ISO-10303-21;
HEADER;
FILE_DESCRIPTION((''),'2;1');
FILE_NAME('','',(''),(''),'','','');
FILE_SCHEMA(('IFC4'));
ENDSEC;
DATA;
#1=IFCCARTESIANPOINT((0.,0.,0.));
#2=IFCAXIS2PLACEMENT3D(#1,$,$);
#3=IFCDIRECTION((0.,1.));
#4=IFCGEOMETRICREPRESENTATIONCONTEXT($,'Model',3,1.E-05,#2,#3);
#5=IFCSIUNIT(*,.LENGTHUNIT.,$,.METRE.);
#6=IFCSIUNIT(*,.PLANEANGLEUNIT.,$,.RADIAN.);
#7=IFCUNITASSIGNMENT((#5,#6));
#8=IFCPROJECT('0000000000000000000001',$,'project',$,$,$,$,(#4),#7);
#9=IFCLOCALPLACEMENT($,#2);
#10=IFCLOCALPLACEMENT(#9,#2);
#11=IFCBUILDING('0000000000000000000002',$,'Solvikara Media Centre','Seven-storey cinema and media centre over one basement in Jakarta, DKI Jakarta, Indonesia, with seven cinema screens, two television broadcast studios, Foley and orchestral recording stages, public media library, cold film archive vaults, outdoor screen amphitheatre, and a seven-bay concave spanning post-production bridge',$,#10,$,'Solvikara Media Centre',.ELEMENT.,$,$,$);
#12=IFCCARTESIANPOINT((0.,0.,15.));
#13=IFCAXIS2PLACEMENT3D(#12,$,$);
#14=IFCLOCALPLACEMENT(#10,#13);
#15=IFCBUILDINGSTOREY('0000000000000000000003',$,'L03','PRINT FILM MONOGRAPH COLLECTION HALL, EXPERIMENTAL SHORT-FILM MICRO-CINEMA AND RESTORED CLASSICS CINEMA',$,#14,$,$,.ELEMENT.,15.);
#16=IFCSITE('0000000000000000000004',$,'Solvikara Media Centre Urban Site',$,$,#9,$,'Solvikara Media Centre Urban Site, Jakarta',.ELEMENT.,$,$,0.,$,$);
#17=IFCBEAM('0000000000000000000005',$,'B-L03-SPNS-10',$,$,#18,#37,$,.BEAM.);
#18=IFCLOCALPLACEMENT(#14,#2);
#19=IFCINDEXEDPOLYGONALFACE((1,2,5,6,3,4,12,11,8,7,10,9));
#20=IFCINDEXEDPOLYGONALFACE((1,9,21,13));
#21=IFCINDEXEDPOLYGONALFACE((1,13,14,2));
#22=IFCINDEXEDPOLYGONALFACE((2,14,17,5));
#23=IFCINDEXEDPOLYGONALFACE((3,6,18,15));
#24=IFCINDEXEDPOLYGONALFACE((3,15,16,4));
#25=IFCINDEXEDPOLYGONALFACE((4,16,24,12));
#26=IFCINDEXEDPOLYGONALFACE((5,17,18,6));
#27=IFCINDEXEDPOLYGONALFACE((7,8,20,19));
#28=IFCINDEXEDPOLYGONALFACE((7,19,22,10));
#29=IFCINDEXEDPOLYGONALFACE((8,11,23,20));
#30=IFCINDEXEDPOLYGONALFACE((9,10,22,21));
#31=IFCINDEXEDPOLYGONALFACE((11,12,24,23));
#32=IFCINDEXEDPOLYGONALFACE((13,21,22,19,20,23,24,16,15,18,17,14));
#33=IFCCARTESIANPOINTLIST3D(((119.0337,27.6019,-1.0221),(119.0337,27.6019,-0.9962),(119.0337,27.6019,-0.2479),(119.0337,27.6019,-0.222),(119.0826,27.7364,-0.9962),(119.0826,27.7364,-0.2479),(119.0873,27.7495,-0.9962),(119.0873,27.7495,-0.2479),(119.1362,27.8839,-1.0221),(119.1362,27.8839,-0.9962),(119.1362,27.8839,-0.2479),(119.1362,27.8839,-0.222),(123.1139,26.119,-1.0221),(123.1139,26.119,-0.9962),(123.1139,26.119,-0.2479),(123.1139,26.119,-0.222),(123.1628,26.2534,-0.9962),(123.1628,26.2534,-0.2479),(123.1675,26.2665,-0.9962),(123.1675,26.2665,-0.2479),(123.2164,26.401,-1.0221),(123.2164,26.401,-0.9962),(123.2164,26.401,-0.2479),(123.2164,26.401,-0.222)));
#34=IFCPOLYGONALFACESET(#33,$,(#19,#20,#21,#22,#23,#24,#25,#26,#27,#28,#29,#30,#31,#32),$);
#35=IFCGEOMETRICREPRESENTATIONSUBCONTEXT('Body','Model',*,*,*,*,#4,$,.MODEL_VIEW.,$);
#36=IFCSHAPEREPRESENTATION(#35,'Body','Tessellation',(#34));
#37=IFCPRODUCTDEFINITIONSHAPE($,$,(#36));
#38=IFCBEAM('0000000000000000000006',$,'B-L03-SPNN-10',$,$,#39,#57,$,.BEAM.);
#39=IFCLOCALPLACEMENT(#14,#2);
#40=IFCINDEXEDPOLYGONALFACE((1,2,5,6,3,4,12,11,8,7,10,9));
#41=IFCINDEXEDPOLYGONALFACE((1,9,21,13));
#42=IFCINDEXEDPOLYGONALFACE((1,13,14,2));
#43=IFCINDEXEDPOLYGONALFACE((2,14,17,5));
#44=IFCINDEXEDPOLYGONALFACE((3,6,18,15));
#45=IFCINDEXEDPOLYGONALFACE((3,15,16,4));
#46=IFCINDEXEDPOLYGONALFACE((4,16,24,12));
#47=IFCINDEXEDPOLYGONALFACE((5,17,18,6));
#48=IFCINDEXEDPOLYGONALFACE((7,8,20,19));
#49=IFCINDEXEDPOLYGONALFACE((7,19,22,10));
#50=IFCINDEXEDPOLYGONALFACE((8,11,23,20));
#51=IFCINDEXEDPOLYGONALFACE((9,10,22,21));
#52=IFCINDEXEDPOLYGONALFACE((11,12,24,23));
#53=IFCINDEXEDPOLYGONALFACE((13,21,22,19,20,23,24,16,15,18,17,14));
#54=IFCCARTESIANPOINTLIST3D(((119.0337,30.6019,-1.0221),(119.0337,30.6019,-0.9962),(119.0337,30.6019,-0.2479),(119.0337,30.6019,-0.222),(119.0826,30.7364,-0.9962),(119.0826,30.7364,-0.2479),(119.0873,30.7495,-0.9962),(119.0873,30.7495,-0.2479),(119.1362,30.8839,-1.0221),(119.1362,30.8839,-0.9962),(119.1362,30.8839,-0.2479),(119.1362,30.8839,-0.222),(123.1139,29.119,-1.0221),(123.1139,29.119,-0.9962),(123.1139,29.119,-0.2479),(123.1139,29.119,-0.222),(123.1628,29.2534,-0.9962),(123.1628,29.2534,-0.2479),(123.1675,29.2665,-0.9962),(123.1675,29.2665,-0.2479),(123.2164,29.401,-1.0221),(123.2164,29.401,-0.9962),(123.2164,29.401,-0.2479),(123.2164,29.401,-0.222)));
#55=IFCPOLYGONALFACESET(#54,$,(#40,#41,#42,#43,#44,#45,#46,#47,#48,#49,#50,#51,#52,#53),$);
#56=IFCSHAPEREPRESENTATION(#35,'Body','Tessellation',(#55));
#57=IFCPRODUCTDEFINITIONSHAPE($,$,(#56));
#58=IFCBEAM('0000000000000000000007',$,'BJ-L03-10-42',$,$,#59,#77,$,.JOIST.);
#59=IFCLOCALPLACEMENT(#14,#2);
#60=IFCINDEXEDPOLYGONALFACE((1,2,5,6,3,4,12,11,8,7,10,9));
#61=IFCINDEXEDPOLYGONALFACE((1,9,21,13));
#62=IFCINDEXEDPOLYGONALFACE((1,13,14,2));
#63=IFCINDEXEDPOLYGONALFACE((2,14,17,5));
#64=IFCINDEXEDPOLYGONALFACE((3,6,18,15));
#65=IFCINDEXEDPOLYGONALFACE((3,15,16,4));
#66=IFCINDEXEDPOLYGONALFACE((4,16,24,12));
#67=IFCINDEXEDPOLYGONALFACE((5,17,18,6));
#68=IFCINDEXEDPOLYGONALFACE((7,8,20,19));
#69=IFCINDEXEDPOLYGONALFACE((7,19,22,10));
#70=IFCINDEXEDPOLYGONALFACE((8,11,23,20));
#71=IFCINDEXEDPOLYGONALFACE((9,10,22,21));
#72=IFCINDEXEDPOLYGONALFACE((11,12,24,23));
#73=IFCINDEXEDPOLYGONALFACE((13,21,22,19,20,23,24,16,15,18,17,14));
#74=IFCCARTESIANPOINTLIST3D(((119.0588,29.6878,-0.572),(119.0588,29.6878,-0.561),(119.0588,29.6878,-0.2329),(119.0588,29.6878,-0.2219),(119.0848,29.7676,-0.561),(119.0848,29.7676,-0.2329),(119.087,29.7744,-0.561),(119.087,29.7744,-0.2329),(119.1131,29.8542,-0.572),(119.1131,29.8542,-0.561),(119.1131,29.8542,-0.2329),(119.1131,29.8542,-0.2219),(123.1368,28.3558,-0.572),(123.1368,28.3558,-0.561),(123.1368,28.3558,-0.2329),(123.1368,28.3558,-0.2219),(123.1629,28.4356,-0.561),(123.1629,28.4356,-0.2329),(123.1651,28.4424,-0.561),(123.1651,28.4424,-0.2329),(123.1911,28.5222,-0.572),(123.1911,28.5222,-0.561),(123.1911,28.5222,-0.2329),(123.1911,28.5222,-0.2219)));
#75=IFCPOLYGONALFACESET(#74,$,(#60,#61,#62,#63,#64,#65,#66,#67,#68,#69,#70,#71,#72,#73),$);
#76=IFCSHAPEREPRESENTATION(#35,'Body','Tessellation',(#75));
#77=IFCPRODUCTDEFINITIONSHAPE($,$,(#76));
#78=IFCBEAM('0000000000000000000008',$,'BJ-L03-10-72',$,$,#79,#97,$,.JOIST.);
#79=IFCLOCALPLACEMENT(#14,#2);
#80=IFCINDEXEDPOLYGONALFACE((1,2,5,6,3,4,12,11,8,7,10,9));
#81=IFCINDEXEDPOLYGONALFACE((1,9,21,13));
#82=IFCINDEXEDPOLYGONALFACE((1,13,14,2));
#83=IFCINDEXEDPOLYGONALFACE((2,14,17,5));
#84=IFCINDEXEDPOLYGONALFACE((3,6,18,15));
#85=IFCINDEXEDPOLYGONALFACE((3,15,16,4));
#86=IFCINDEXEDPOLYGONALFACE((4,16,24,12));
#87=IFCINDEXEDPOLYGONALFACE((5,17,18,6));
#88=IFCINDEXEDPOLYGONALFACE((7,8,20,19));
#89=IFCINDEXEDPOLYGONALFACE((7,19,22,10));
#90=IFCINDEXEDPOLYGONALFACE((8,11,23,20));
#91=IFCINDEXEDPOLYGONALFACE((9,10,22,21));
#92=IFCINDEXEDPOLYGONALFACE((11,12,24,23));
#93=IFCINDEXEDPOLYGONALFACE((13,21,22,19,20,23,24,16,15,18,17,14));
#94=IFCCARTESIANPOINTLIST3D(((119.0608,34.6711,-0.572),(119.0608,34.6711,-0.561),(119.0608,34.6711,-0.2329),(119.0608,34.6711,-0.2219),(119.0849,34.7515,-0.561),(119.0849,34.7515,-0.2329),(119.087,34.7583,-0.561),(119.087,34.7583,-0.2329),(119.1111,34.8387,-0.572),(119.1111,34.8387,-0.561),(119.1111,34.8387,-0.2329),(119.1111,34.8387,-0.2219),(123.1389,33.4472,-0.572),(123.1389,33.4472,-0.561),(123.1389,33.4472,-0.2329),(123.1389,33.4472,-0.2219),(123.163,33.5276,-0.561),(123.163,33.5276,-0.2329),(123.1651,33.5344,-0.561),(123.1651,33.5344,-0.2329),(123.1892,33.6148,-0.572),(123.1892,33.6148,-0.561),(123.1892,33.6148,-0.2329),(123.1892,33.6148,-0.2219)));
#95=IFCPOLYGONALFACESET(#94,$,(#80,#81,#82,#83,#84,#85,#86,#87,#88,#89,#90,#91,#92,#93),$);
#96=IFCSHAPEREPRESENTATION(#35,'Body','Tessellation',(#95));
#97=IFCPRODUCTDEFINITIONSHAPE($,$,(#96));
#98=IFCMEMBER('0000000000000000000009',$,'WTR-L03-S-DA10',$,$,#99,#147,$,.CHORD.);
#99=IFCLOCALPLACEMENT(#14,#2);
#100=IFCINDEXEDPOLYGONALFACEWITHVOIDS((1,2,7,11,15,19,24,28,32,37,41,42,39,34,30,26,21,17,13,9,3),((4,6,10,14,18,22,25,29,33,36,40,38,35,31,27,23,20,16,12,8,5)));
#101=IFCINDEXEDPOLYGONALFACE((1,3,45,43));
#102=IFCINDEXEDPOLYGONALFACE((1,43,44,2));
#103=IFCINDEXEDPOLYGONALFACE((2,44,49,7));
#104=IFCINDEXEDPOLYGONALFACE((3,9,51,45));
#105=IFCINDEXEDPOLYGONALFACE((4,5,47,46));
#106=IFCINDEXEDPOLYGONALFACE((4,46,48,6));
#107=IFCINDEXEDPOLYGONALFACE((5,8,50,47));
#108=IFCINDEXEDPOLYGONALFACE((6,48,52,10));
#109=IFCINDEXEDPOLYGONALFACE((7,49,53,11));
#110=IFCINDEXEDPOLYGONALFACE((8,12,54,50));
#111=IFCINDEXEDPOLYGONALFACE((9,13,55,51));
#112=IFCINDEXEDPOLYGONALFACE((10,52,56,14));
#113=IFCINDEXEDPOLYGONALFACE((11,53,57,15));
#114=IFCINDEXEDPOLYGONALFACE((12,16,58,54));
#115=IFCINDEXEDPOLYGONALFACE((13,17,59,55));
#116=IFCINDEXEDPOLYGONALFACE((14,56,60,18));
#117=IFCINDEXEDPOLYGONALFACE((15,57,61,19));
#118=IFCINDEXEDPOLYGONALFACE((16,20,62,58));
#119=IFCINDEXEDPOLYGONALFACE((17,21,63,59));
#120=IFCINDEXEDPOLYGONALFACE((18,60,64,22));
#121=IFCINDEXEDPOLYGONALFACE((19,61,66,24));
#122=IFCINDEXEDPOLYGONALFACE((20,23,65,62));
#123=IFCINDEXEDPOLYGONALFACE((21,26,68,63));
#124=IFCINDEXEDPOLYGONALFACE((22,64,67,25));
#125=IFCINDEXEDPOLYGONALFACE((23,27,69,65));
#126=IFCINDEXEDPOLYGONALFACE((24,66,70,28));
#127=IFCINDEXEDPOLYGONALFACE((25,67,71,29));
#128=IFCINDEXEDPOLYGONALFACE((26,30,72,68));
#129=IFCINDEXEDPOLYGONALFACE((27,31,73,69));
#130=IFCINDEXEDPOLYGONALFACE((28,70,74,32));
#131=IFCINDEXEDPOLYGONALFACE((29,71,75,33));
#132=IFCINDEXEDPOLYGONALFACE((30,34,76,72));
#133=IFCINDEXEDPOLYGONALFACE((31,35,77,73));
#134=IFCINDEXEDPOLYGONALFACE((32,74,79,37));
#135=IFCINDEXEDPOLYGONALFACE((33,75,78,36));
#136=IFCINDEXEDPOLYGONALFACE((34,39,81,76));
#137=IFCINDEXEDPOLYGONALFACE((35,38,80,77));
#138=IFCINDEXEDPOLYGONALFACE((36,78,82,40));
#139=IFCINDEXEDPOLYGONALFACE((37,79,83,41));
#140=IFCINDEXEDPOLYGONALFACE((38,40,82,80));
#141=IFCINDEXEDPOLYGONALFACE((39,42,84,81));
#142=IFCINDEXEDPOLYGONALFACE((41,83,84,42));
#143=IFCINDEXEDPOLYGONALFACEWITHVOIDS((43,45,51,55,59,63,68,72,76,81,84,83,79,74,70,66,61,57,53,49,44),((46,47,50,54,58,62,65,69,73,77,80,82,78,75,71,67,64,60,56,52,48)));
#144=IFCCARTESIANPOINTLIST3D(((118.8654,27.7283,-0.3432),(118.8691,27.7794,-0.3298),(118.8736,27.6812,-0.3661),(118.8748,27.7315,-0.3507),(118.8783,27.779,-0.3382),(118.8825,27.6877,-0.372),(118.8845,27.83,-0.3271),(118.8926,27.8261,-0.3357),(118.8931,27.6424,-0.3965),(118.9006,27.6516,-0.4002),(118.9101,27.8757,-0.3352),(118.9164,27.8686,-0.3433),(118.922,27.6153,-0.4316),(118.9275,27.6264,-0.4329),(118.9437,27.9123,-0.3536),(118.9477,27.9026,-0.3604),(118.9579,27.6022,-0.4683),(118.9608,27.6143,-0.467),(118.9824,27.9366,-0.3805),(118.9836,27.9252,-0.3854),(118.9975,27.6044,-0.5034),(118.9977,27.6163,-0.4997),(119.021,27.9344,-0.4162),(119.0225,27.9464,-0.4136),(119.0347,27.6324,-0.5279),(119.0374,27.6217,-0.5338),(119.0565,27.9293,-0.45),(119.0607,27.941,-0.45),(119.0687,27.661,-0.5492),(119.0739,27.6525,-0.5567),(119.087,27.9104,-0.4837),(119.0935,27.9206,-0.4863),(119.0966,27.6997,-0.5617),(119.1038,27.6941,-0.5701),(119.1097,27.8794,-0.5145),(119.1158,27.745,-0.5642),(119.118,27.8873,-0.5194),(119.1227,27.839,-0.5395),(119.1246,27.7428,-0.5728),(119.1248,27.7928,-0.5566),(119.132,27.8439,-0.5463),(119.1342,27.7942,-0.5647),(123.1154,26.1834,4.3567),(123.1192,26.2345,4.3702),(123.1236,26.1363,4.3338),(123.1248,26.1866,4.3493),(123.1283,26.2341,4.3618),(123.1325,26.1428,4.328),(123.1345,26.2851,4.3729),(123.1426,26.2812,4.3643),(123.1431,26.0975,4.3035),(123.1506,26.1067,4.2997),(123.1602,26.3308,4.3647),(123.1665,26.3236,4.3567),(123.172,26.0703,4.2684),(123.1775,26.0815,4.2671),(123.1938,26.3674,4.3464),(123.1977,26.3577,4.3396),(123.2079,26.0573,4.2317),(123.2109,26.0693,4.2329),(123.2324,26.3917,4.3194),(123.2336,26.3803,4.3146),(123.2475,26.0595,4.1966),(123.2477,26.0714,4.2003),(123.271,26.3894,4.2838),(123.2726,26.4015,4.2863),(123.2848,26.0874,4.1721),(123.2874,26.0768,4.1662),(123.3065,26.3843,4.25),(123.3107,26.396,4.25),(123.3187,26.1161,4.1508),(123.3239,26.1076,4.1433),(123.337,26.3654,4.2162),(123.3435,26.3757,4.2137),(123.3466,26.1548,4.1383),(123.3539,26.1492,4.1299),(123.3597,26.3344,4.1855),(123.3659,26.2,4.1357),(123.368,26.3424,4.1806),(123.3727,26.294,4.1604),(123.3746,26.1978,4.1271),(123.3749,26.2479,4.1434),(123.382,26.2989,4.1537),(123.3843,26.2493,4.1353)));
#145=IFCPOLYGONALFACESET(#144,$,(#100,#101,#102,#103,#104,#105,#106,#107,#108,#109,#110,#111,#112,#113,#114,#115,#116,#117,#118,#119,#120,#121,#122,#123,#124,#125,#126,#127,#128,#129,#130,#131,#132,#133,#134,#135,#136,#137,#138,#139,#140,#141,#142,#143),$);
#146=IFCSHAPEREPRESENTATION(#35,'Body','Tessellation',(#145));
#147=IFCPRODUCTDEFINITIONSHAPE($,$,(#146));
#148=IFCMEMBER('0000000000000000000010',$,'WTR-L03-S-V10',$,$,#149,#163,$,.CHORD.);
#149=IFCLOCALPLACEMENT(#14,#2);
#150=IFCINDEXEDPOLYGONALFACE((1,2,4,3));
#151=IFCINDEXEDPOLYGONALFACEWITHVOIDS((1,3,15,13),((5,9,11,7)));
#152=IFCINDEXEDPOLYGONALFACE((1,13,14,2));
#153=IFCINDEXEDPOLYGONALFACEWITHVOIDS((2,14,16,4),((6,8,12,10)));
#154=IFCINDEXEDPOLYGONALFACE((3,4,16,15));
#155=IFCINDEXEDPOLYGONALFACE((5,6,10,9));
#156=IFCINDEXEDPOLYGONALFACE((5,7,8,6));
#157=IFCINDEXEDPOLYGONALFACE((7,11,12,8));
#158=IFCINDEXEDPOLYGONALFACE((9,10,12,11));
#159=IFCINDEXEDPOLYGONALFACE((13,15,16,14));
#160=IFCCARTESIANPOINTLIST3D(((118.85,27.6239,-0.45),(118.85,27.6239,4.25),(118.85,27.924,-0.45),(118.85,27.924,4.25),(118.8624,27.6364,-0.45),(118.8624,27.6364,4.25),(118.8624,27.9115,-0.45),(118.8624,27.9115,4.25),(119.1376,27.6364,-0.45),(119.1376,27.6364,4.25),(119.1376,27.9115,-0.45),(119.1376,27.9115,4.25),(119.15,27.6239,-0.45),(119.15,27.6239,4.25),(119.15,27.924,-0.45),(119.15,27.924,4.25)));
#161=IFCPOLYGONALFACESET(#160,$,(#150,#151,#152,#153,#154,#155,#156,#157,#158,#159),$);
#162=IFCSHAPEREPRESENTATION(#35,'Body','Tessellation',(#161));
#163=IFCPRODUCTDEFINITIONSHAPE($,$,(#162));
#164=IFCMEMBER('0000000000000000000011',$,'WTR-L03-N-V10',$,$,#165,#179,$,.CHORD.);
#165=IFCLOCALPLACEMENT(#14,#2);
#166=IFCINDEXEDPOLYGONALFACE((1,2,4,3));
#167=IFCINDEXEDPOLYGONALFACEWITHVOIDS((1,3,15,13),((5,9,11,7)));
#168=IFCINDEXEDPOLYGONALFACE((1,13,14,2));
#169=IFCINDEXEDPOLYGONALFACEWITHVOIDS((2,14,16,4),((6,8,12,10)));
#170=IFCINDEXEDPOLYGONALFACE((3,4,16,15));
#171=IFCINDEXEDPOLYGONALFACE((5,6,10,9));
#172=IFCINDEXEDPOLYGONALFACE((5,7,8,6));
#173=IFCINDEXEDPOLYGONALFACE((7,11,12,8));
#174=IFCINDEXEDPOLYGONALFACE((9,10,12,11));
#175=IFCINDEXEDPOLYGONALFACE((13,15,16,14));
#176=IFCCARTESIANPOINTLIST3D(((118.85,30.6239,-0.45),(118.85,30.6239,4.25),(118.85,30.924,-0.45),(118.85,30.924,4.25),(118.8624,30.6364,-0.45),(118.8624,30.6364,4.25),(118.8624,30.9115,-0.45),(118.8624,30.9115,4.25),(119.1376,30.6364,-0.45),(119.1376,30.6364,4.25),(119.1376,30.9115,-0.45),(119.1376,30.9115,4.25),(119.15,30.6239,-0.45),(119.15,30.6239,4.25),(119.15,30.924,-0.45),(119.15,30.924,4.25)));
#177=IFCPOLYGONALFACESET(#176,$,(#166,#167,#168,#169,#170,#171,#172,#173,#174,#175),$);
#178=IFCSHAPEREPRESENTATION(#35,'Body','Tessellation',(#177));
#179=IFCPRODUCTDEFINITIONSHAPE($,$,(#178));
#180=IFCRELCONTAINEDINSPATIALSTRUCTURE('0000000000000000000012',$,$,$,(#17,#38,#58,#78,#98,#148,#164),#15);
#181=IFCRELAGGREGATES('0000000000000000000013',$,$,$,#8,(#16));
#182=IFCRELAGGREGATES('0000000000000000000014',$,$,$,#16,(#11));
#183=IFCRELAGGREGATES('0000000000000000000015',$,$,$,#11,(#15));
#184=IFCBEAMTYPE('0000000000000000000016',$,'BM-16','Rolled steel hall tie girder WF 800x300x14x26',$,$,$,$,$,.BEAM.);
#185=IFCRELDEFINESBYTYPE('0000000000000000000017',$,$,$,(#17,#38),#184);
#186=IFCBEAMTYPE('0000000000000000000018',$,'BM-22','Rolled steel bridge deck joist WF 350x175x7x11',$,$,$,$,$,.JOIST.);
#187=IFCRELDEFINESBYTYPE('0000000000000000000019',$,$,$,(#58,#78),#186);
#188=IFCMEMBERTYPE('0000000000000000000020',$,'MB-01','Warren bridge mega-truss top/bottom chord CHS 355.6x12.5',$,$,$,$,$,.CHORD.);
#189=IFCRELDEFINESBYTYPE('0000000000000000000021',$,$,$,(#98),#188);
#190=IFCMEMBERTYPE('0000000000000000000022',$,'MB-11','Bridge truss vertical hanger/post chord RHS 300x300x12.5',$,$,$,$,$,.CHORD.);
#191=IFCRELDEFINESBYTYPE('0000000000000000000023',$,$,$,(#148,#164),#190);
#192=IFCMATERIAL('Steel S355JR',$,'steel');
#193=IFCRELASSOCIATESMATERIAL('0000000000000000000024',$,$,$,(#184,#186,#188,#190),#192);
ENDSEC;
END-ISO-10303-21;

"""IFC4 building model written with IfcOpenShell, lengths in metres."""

from ifc_helpers import new_model, si_unit, direction, frame, origin, origin_2d, place, context, subcontext, project, spatial, hollow_rectangle, hollow_circle, i_section, extrude, material, material_profile, profile_set, type_object, element, save


model = new_model("IFC4")

# Units and contexts
model_context = context("Model", 3, precision=1e-05, world=origin(), true_north=direction((0.0, 1.0)))
body_context = subcontext(model_context, "Body", "Model", "MODEL_VIEW")
ifc_project = project(units=[si_unit("LENGTHUNIT", "METRE"), si_unit("PLANEANGLEUNIT", "RADIAN")], contexts=[model_context])

# Site, building, storey
site_placement = place(None, origin())
site = spatial("IfcSite", under=ifc_project, at=site_placement, Name="Solvikara Media Centre Urban Site", LongName="Solvikara Media Centre Urban Site, Jakarta", CompositionType="ELEMENT", RefElevation=0.0)
building_placement = place(site_placement, origin())
building = spatial("IfcBuilding", under=site, at=building_placement, Name="Solvikara Media Centre", Description="Seven-storey cinema and media centre over one basement in Jakarta, DKI Jakarta, Indonesia, with seven cinema screens, two television broadcast studios, Foley and orchestral recording stages, public media library, cold film archive vaults, outdoor screen amphitheatre, and a seven-bay concave spanning post-production bridge", LongName="Solvikara Media Centre", CompositionType="ELEMENT")
storey_placement = place(building_placement, frame((0.0, 0.0, 15.0)))
storey = spatial("IfcBuildingStorey", under=building, at=storey_placement, Name="L03", Description="PRINT FILM MONOGRAPH COLLECTION HALL, EXPERIMENTAL SHORT-FILM MICRO-CINEMA AND RESTORED CLASSICS CINEMA", CompositionType="ELEMENT", Elevation=15.0)

# Beams
ifc_material_1 = material(Name="Steel S355JR", Category="steel")
ifc_material_profile_1 = material_profile(ifc_material_1, i_section(OverallWidth=0.3, OverallDepth=0.8, WebThickness=0.0139, FlangeThickness=0.0259, at=origin_2d()), Name="WF 800x300x14x26")
ifc_profile_set_1 = profile_set([ifc_material_profile_1], Name="Steel S355JR")
beam_type_1 = type_object("IfcBeamType", Name="BM-16", Description="Rolled steel hall tie girder WF 800x300x14x26", PredefinedType="BEAM", material=ifc_profile_set_1)
for number, where, z_axis, x_axis, name in (
    (1, (119.085, 27.7429, -0.6221), (0.939849, -0.34159, 0.0), (0.34159, 0.939849, 0.0), "B-L03-SPNS-10"),
    (2, (119.085, 30.7429, -0.6221), (0.939849, -0.34159, 0.0), (0.34159, 0.939849, 0.0), "B-L03-SPNN-10"),
):
    element("IfcBeam", number, at=place(storey_placement, frame(where, z_axis=z_axis, x_axis=x_axis)), inside=storey, type_object=beam_type_1, Name=name, PredefinedType="BEAM", context=body_context, shape_type="SweptSolid", body=[
        extrude(i_section(OverallWidth=0.3, OverallDepth=0.8, WebThickness=0.0139, FlangeThickness=0.0259, at=origin_2d()), origin(), (0.0, 0.0, 1.0), 4.3413),
    ])
ifc_material_profile_2 = material_profile(ifc_material_1, i_section(OverallWidth=0.175, OverallDepth=0.3501, WebThickness=0.0071, FlangeThickness=0.011, at=origin_2d()), Name="WF 350x175x7x11")
ifc_profile_set_2 = profile_set([ifc_material_profile_2], Name="Steel S355JR")
beam_type_2 = type_object("IfcBeamType", Name="BM-22", Description="Rolled steel bridge deck joist WF 350x175x7x11", PredefinedType="JOIST", material=ifc_profile_set_2)
beam_1_placement = place(storey_placement, frame((119.0859, 29.771, -0.397), z_axis=(0.950578, -0.310486, 0.0), x_axis=(0.310486, 0.950578, 0.0)))
element("IfcBeam", 3, at=beam_1_placement, inside=storey, type_object=beam_type_2, Name="BJ-L03-10-42", PredefinedType="JOIST", context=body_context, shape_type="SweptSolid", body=[
    extrude(i_section(OverallWidth=0.175, OverallDepth=0.3501, WebThickness=0.0071, FlangeThickness=0.011, at=origin_2d()), origin(), (0.0, 0.0, 1.0), 4.29),
])
beam_2_placement = place(storey_placement, frame((119.0859, 34.7549, -0.397), z_axis=(0.957798, -0.287443, 0.0), x_axis=(0.287443, 0.957798, 0.0)))
element("IfcBeam", 4, at=beam_2_placement, inside=storey, type_object=beam_type_2, Name="BJ-L03-10-72", PredefinedType="JOIST", context=body_context, shape_type="SweptSolid", body=[
    extrude(i_section(OverallWidth=0.175, OverallDepth=0.3501, WebThickness=0.0071, FlangeThickness=0.011, at=origin_2d()), origin(), (0.0, 0.0, 1.0), 4.2578),
])

# Members
ifc_material_profile_3 = material_profile(ifc_material_1, hollow_circle(Radius=0.1777, WallThickness=0.0125, at=origin_2d()), Name="CHS 355.6x12.5")
ifc_profile_set_3 = profile_set([ifc_material_profile_3], Name="Steel S355JR")
member_type_1 = type_object("IfcMemberType", Name="MB-01", Description="Warren bridge mega-truss top/bottom chord CHS 355.6x12.5", PredefinedType="CHORD", material=ifc_profile_set_3)
member_1_placement = place(storey_placement, frame((119.0, 27.7739, -0.45), z_axis=(0.651623, -0.236872, 0.720611), x_axis=(0.341639, 0.939831, 0.0)))
element("IfcMember", 5, at=member_1_placement, inside=storey, type_object=member_type_1, Name="WTR-L03-S-DA10", PredefinedType="CHORD", context=body_context, shape_type="SweptSolid", body=[
    extrude(hollow_circle(Radius=0.1777, WallThickness=0.0125, at=origin_2d()), origin(), (0.0, 0.0, 1.0), 6.5222),
])
ifc_material_profile_4 = material_profile(ifc_material_1, hollow_rectangle(XDim=0.3, YDim=0.3, WallThickness=0.0125, at=origin_2d()), Name="RHS 300x300x12.5")
ifc_profile_set_4 = profile_set([ifc_material_profile_4], Name="Steel S355JR")
member_type_2 = type_object("IfcMemberType", Name="MB-11", Description="Bridge truss vertical hanger/post chord RHS 300x300x12.5", PredefinedType="CHORD", material=ifc_profile_set_4)
for number, where, z_axis, x_axis, name in (
    (6, (119.0, 27.7739, -0.45), (0.0, 0.0, 1.0), (1.0, 0.0, 0.0), "WTR-L03-S-V10"),
    (7, (119.0, 30.7739, -0.45), (0.0, 0.0, 1.0), (1.0, 0.0, 0.0), "WTR-L03-N-V10"),
):
    element("IfcMember", number, at=place(storey_placement, frame(where, z_axis=z_axis, x_axis=x_axis)), inside=storey, type_object=member_type_2, Name=name, PredefinedType="CHORD", context=body_context, shape_type="SweptSolid", body=[
        extrude(hollow_rectangle(XDim=0.3, YDim=0.3, WallThickness=0.0125, at=origin_2d()), origin(), (0.0, 0.0, 1.0), 4.7),
    ])

save(model, "model.ifc")
